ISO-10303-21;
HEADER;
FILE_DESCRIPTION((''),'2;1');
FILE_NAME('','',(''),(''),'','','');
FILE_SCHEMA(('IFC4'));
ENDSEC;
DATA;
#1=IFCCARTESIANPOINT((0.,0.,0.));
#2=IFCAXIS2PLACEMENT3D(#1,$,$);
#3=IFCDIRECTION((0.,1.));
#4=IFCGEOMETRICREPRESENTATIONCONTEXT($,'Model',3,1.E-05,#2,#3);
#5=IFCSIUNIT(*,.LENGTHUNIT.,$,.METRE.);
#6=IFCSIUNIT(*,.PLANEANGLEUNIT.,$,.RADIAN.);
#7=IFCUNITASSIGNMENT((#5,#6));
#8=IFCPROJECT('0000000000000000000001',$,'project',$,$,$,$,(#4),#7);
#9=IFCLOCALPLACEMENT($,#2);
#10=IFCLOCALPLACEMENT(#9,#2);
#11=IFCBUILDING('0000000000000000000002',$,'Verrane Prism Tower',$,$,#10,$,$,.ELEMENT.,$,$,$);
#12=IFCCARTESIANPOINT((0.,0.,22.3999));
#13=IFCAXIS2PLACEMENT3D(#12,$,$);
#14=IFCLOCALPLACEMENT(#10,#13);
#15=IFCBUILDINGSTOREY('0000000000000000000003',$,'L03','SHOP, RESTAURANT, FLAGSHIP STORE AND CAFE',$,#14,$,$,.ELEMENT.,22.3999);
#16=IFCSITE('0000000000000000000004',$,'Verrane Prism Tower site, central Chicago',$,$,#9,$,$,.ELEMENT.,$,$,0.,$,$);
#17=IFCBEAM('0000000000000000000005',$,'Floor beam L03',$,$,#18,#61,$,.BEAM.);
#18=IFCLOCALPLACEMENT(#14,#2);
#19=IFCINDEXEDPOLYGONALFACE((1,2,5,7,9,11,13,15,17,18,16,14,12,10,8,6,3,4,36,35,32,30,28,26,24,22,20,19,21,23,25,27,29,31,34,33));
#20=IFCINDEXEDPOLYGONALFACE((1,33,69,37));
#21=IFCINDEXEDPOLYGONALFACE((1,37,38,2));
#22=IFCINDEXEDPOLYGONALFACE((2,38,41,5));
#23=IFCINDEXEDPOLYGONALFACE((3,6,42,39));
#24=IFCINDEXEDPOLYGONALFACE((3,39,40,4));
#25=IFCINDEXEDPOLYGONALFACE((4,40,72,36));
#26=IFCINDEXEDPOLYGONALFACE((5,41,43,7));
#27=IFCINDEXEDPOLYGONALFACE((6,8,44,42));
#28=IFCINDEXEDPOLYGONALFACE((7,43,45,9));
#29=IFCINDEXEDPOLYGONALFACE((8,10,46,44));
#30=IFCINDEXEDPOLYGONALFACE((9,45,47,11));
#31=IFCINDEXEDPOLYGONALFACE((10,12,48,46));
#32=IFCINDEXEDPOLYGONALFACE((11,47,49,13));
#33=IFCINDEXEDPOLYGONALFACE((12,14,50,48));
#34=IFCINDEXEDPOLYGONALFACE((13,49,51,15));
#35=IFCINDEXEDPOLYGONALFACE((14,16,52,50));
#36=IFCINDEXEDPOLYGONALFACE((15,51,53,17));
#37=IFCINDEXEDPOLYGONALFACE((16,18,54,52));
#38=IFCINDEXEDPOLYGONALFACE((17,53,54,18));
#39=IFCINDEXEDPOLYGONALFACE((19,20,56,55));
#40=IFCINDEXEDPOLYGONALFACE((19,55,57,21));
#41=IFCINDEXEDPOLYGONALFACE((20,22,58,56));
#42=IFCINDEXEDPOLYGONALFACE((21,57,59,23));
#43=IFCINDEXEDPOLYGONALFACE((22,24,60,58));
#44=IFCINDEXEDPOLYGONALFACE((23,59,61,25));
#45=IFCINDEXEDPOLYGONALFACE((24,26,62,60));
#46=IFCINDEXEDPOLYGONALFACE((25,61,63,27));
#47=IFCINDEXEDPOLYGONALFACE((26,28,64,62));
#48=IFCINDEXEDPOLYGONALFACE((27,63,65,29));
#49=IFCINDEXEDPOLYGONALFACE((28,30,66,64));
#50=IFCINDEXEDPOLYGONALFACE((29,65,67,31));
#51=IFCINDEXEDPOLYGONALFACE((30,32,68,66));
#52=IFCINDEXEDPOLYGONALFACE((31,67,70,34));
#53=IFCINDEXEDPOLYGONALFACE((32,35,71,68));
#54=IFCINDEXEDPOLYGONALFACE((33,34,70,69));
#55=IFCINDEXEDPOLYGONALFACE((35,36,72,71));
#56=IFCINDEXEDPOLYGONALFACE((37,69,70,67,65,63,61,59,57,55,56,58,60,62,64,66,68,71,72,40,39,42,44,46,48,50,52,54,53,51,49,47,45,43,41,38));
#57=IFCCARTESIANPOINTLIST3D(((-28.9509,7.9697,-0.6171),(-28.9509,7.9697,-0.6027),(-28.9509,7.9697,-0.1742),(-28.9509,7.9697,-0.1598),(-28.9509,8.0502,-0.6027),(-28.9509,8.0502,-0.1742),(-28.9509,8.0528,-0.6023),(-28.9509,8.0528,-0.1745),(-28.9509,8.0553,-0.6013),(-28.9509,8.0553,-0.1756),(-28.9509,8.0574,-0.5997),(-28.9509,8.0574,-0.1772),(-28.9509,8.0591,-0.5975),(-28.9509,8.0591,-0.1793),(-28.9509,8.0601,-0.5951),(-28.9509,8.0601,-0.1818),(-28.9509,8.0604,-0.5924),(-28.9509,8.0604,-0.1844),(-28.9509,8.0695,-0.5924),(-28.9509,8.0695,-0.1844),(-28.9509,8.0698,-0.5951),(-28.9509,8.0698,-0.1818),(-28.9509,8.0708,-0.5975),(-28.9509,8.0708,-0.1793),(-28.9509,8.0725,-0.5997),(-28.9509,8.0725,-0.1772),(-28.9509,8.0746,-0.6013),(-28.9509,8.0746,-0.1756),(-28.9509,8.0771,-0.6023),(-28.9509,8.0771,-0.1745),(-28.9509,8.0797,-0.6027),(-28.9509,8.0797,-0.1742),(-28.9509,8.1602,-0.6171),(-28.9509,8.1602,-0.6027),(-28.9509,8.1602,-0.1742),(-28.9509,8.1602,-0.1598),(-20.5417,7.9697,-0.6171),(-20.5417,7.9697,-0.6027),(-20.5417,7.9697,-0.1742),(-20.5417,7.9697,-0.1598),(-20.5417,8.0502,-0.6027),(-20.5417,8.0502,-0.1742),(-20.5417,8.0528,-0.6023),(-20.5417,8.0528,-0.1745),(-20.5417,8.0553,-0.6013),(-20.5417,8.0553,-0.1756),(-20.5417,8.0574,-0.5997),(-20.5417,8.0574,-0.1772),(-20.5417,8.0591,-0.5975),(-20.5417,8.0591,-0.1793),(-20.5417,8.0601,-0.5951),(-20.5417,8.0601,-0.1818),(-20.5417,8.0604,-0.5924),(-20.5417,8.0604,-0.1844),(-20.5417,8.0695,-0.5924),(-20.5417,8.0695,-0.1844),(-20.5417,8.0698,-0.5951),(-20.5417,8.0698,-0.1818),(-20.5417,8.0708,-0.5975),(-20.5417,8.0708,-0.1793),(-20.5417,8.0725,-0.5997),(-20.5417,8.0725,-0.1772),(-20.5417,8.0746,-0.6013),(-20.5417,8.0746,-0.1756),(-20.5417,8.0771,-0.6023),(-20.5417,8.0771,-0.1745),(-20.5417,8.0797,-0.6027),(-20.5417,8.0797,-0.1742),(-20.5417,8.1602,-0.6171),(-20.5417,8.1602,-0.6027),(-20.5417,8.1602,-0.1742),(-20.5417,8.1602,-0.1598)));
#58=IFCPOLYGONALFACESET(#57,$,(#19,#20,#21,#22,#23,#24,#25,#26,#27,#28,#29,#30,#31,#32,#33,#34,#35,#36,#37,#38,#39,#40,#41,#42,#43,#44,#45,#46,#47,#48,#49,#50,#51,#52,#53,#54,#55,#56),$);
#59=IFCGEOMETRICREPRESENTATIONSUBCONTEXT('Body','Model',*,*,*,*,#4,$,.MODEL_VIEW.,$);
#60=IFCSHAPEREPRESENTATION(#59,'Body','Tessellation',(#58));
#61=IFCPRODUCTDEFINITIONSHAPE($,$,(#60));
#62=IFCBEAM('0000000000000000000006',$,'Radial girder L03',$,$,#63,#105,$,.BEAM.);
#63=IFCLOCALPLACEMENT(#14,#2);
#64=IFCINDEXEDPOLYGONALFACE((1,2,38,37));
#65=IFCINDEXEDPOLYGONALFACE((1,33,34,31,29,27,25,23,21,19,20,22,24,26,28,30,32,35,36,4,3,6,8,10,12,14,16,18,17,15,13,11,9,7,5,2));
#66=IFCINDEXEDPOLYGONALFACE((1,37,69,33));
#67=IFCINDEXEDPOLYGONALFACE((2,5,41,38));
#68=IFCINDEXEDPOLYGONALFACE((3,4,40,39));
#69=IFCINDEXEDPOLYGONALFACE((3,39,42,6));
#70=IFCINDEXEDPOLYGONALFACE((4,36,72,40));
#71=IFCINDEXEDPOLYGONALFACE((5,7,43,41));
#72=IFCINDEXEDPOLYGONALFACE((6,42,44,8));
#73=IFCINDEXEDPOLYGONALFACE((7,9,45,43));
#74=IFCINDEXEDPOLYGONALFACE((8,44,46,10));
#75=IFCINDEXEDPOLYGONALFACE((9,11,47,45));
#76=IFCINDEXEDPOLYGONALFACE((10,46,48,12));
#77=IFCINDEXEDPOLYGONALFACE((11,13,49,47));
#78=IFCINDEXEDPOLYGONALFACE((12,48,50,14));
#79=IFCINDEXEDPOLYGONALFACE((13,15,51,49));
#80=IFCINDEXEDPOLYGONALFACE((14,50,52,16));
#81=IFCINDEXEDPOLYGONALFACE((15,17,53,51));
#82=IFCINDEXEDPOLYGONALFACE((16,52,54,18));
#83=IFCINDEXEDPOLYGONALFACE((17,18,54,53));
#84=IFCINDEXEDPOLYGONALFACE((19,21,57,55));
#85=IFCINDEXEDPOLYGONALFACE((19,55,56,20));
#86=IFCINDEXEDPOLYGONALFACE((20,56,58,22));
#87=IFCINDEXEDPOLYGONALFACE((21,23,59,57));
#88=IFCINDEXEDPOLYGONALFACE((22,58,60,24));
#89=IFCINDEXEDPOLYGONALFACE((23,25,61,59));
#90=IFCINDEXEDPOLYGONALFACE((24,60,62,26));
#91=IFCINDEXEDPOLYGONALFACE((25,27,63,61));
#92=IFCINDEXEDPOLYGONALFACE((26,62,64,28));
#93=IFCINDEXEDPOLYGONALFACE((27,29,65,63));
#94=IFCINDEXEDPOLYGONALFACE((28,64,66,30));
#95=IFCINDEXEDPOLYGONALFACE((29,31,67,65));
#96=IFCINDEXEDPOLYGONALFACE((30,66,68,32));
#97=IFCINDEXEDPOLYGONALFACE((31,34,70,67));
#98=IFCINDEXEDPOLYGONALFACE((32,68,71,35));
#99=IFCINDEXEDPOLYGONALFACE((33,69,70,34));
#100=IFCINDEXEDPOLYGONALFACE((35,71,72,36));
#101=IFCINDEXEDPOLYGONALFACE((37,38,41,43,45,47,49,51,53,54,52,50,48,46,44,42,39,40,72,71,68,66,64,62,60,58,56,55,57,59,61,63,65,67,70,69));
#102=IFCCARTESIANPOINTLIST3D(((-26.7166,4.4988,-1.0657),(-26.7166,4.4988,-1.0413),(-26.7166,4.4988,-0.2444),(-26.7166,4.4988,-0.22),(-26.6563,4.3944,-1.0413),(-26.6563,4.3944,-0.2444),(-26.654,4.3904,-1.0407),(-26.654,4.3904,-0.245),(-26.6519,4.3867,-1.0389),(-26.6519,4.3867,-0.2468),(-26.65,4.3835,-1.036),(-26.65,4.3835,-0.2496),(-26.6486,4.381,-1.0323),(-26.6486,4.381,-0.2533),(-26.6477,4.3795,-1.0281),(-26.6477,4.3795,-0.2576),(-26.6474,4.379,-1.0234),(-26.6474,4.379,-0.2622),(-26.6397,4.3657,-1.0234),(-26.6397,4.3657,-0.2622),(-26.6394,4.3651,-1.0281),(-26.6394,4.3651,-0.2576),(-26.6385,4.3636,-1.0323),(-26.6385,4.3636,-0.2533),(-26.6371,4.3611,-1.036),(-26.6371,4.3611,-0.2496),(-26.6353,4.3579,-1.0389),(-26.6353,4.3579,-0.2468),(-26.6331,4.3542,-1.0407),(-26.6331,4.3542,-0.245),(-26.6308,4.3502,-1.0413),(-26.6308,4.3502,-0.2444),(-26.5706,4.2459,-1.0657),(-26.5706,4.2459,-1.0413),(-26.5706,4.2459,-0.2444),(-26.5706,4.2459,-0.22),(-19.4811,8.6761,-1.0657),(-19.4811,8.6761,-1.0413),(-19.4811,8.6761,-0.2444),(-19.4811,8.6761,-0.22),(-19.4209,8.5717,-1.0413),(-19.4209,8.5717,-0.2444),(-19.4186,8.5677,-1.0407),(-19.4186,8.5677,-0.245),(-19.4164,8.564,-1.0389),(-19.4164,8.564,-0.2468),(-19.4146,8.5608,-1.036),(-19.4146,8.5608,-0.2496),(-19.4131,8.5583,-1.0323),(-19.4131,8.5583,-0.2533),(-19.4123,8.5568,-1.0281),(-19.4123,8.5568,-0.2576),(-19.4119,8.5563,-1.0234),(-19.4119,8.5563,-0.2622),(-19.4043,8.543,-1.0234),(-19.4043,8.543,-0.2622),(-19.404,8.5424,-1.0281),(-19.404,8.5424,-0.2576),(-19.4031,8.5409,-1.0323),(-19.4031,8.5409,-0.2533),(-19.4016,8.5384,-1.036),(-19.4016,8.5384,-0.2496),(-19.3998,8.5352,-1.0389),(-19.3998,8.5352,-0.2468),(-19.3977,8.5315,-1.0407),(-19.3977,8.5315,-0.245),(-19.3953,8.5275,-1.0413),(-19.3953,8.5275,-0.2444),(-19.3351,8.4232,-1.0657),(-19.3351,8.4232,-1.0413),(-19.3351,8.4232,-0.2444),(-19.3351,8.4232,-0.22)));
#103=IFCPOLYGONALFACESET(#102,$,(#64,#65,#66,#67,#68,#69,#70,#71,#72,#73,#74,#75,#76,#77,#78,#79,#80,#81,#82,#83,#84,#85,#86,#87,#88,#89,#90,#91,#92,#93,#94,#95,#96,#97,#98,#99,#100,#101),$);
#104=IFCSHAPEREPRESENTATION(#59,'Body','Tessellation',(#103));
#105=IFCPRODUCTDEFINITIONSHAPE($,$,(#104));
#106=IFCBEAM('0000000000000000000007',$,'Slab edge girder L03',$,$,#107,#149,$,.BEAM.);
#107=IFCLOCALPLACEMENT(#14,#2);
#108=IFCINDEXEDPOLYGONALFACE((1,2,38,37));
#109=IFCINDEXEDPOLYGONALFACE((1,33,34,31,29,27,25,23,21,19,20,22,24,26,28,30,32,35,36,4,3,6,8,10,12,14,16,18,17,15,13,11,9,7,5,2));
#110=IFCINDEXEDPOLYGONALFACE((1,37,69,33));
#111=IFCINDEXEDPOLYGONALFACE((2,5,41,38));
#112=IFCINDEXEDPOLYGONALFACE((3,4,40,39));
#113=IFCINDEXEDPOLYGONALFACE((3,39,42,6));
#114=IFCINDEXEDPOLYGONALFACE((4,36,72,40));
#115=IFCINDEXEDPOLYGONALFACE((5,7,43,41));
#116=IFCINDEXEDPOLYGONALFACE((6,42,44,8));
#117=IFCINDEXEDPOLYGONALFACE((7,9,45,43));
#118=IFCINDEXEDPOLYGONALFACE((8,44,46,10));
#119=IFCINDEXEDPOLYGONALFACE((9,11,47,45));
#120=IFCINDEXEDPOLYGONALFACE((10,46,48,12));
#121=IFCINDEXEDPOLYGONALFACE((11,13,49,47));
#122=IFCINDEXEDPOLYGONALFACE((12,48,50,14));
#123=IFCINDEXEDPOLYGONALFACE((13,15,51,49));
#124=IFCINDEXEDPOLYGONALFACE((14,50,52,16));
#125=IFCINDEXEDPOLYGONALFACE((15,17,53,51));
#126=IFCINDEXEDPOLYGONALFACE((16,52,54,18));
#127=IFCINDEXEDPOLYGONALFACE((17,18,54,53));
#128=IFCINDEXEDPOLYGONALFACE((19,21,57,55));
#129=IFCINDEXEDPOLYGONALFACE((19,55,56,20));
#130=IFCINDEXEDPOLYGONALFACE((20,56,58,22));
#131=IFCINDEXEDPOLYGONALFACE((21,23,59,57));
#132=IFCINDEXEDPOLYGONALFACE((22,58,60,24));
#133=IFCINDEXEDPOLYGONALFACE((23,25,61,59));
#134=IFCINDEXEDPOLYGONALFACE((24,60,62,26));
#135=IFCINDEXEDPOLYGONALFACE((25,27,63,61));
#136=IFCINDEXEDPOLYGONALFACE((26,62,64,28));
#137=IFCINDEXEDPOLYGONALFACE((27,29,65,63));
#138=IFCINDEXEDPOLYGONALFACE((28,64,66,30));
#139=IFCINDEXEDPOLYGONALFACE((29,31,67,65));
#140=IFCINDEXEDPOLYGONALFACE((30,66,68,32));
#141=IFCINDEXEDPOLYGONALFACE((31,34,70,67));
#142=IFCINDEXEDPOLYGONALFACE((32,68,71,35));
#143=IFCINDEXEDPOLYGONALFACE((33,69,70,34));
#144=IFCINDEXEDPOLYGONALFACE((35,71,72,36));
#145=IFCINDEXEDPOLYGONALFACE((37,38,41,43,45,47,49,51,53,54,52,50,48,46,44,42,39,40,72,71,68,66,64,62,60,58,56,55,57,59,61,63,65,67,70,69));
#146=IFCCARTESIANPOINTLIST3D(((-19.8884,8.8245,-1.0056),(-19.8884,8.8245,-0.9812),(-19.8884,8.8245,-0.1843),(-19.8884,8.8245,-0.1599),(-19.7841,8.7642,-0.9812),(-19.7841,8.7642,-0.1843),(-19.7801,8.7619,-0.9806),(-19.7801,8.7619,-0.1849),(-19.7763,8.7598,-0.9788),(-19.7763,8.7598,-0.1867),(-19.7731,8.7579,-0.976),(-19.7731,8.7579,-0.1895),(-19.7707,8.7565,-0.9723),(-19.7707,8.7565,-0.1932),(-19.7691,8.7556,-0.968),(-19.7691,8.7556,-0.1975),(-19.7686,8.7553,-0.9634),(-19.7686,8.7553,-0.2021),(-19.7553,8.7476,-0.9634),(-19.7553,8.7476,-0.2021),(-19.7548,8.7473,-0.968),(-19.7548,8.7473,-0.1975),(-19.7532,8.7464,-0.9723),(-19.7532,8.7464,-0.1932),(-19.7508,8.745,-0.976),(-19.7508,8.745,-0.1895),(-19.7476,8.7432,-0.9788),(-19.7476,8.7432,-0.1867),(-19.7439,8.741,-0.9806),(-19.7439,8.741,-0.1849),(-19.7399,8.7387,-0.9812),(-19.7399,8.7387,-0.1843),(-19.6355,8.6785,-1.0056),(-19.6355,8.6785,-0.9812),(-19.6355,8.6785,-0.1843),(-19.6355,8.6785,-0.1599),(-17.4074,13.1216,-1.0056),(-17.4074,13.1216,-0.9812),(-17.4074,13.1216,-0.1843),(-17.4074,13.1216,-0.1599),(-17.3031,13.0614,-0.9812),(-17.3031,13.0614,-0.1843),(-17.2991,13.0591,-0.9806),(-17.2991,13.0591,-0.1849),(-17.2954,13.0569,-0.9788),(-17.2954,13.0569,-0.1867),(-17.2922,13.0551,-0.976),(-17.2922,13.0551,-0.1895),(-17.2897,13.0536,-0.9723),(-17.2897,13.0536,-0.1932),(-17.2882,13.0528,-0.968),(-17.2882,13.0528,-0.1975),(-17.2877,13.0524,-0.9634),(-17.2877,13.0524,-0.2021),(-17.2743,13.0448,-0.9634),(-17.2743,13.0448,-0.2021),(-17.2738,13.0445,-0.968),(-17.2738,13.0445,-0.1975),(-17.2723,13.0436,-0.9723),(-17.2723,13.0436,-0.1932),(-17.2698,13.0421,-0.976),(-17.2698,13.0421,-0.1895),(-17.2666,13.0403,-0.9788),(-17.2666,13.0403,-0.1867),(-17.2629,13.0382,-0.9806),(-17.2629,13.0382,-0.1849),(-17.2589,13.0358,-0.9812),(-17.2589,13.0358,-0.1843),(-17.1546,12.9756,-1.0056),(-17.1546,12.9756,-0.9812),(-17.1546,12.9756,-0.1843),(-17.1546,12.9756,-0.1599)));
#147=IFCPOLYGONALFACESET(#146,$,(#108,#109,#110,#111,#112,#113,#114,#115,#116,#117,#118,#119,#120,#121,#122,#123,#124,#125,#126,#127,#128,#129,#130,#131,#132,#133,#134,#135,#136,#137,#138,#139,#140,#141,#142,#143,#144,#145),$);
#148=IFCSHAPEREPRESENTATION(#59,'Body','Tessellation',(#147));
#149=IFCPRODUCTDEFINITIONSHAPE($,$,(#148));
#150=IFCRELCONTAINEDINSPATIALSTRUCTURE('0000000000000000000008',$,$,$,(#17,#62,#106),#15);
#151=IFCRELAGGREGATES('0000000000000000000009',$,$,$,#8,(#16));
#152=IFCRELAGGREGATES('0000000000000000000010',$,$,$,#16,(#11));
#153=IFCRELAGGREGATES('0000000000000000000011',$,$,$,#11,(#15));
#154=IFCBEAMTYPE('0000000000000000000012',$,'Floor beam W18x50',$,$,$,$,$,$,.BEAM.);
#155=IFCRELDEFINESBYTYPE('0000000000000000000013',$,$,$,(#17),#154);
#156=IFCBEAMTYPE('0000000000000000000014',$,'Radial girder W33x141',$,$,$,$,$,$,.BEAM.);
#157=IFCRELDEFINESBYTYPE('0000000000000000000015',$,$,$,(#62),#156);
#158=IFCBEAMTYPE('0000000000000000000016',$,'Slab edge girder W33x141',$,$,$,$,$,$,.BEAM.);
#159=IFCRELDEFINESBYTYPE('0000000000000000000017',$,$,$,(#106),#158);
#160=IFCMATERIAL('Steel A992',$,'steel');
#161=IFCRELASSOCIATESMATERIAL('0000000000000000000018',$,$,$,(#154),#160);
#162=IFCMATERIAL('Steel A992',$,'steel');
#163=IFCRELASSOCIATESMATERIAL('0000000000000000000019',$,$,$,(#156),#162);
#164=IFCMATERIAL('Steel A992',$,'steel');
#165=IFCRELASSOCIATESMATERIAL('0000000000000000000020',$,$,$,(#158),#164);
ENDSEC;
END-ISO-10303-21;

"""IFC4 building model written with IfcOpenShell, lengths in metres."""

from ifc_helpers import new_model, si_unit, direction, frame, origin, origin_2d, place, context, subcontext, project, spatial, i_section, extrude, material, material_profile, profile_set, type_object, element, save


model = new_model("IFC4")

# Units and contexts
model_context = context("Model", 3, precision=1e-05, world=origin(), true_north=direction((0.0, 1.0)))
body_context = subcontext(model_context, "Body", "Model", "MODEL_VIEW")
ifc_project = project(units=[si_unit("LENGTHUNIT", "METRE"), si_unit("PLANEANGLEUNIT", "RADIAN")], contexts=[model_context])

# Site, building, storey
site_placement = place(None, origin())
site = spatial("IfcSite", under=ifc_project, at=site_placement, Name="Verrane Prism Tower site, central Chicago", CompositionType="ELEMENT", RefElevation=0.0)
building_placement = place(site_placement, origin())
building = spatial("IfcBuilding", under=site, at=building_placement, Name="Verrane Prism Tower", CompositionType="ELEMENT")
storey_placement = place(building_placement, frame((0.0, 0.0, 22.3999)))
storey = spatial("IfcBuildingStorey", under=building, at=storey_placement, Name="L03", Description="SHOP, RESTAURANT, FLAGSHIP STORE AND CAFE", CompositionType="ELEMENT", Elevation=22.3999)

# Beams
ifc_material_1 = material(Name="Steel A992", Category="steel")
ifc_material_profile_1 = material_profile(ifc_material_1, i_section(OverallWidth=0.1904, OverallDepth=0.4573, WebThickness=0.009, FlangeThickness=0.0144, FilletRadius=0.0103, at=origin_2d()), Name="W18x50")
ifc_profile_set_1 = profile_set([ifc_material_profile_1], Name="Steel A992")
beam_type_1 = type_object("IfcBeamType", Name="Floor beam W18x50", PredefinedType="BEAM", material=ifc_profile_set_1)
beam_1_placement = place(storey_placement, frame((-28.9509, 8.0649, -0.3884), z_axis=(1.0, 0.0, 0.0), x_axis=(0.0, 1.0, 0.0)))
element("IfcBeam", 1, at=beam_1_placement, inside=storey, type_object=beam_type_1, Name="Floor beam L03", PredefinedType="BEAM", context=body_context, shape_type="SweptSolid", body=[
    extrude(i_section(OverallWidth=0.1904, OverallDepth=0.4573, WebThickness=0.009, FlangeThickness=0.0144, FilletRadius=0.0103, at=origin_2d()), origin(), (0.0, 0.0, 1.0), 8.4092),
])
ifc_material_2 = material(Name="Steel A992", Category="steel")
ifc_material_profile_2 = material_profile(ifc_material_2, i_section(OverallWidth=0.292, OverallDepth=0.8457, WebThickness=0.0154, FlangeThickness=0.0244, FilletRadius=0.0178, at=origin_2d()), Name="W33x141")
ifc_profile_set_2 = profile_set([ifc_material_profile_2], Name="Steel A992")
beam_type_2 = type_object("IfcBeamType", Name="Radial girder W33x141", PredefinedType="BEAM", material=ifc_profile_set_2)
beam_2_placement = place(storey_placement, frame((-26.6436, 4.3723, -0.6428), z_axis=(0.86603, 0.499992, 0.0), x_axis=(-0.499992, 0.86603, 0.0)))
element("IfcBeam", 2, at=beam_2_placement, inside=storey, type_object=beam_type_2, Name="Radial girder L03", PredefinedType="BEAM", context=body_context, shape_type="SweptSolid", body=[
    extrude(i_section(OverallWidth=0.292, OverallDepth=0.8457, WebThickness=0.0154, FlangeThickness=0.0244, FilletRadius=0.0178, at=origin_2d()), origin(), (0.0, 0.0, 1.0), 8.3547),
])
ifc_material_3 = material(Name="Steel A992", Category="steel")
ifc_material_profile_3 = material_profile(ifc_material_3, i_section(OverallWidth=0.292, OverallDepth=0.8457, WebThickness=0.0154, FlangeThickness=0.0244, FilletRadius=0.0178, at=origin_2d()), Name="W33x141")
ifc_profile_set_3 = profile_set([ifc_material_profile_3], Name="Steel A992")
beam_type_3 = type_object("IfcBeamType", Name="Slab edge girder W33x141", PredefinedType="BEAM", material=ifc_profile_set_3)
beam_3_placement = place(storey_placement, frame((-19.762, 8.7515, -0.5828), z_axis=(0.500002, 0.866024, 0.0), x_axis=(-0.866024, 0.500002, 0.0)))
element("IfcBeam", 3, at=beam_3_placement, inside=storey, type_object=beam_type_3, Name="Slab edge girder L03", PredefinedType="BEAM", context=body_context, shape_type="SweptSolid", body=[
    extrude(i_section(OverallWidth=0.292, OverallDepth=0.8457, WebThickness=0.0154, FlangeThickness=0.0244, FilletRadius=0.0178, at=origin_2d()), origin(), (0.0, 0.0, 1.0), 4.9619),
])

save(model, "model.ifc")
